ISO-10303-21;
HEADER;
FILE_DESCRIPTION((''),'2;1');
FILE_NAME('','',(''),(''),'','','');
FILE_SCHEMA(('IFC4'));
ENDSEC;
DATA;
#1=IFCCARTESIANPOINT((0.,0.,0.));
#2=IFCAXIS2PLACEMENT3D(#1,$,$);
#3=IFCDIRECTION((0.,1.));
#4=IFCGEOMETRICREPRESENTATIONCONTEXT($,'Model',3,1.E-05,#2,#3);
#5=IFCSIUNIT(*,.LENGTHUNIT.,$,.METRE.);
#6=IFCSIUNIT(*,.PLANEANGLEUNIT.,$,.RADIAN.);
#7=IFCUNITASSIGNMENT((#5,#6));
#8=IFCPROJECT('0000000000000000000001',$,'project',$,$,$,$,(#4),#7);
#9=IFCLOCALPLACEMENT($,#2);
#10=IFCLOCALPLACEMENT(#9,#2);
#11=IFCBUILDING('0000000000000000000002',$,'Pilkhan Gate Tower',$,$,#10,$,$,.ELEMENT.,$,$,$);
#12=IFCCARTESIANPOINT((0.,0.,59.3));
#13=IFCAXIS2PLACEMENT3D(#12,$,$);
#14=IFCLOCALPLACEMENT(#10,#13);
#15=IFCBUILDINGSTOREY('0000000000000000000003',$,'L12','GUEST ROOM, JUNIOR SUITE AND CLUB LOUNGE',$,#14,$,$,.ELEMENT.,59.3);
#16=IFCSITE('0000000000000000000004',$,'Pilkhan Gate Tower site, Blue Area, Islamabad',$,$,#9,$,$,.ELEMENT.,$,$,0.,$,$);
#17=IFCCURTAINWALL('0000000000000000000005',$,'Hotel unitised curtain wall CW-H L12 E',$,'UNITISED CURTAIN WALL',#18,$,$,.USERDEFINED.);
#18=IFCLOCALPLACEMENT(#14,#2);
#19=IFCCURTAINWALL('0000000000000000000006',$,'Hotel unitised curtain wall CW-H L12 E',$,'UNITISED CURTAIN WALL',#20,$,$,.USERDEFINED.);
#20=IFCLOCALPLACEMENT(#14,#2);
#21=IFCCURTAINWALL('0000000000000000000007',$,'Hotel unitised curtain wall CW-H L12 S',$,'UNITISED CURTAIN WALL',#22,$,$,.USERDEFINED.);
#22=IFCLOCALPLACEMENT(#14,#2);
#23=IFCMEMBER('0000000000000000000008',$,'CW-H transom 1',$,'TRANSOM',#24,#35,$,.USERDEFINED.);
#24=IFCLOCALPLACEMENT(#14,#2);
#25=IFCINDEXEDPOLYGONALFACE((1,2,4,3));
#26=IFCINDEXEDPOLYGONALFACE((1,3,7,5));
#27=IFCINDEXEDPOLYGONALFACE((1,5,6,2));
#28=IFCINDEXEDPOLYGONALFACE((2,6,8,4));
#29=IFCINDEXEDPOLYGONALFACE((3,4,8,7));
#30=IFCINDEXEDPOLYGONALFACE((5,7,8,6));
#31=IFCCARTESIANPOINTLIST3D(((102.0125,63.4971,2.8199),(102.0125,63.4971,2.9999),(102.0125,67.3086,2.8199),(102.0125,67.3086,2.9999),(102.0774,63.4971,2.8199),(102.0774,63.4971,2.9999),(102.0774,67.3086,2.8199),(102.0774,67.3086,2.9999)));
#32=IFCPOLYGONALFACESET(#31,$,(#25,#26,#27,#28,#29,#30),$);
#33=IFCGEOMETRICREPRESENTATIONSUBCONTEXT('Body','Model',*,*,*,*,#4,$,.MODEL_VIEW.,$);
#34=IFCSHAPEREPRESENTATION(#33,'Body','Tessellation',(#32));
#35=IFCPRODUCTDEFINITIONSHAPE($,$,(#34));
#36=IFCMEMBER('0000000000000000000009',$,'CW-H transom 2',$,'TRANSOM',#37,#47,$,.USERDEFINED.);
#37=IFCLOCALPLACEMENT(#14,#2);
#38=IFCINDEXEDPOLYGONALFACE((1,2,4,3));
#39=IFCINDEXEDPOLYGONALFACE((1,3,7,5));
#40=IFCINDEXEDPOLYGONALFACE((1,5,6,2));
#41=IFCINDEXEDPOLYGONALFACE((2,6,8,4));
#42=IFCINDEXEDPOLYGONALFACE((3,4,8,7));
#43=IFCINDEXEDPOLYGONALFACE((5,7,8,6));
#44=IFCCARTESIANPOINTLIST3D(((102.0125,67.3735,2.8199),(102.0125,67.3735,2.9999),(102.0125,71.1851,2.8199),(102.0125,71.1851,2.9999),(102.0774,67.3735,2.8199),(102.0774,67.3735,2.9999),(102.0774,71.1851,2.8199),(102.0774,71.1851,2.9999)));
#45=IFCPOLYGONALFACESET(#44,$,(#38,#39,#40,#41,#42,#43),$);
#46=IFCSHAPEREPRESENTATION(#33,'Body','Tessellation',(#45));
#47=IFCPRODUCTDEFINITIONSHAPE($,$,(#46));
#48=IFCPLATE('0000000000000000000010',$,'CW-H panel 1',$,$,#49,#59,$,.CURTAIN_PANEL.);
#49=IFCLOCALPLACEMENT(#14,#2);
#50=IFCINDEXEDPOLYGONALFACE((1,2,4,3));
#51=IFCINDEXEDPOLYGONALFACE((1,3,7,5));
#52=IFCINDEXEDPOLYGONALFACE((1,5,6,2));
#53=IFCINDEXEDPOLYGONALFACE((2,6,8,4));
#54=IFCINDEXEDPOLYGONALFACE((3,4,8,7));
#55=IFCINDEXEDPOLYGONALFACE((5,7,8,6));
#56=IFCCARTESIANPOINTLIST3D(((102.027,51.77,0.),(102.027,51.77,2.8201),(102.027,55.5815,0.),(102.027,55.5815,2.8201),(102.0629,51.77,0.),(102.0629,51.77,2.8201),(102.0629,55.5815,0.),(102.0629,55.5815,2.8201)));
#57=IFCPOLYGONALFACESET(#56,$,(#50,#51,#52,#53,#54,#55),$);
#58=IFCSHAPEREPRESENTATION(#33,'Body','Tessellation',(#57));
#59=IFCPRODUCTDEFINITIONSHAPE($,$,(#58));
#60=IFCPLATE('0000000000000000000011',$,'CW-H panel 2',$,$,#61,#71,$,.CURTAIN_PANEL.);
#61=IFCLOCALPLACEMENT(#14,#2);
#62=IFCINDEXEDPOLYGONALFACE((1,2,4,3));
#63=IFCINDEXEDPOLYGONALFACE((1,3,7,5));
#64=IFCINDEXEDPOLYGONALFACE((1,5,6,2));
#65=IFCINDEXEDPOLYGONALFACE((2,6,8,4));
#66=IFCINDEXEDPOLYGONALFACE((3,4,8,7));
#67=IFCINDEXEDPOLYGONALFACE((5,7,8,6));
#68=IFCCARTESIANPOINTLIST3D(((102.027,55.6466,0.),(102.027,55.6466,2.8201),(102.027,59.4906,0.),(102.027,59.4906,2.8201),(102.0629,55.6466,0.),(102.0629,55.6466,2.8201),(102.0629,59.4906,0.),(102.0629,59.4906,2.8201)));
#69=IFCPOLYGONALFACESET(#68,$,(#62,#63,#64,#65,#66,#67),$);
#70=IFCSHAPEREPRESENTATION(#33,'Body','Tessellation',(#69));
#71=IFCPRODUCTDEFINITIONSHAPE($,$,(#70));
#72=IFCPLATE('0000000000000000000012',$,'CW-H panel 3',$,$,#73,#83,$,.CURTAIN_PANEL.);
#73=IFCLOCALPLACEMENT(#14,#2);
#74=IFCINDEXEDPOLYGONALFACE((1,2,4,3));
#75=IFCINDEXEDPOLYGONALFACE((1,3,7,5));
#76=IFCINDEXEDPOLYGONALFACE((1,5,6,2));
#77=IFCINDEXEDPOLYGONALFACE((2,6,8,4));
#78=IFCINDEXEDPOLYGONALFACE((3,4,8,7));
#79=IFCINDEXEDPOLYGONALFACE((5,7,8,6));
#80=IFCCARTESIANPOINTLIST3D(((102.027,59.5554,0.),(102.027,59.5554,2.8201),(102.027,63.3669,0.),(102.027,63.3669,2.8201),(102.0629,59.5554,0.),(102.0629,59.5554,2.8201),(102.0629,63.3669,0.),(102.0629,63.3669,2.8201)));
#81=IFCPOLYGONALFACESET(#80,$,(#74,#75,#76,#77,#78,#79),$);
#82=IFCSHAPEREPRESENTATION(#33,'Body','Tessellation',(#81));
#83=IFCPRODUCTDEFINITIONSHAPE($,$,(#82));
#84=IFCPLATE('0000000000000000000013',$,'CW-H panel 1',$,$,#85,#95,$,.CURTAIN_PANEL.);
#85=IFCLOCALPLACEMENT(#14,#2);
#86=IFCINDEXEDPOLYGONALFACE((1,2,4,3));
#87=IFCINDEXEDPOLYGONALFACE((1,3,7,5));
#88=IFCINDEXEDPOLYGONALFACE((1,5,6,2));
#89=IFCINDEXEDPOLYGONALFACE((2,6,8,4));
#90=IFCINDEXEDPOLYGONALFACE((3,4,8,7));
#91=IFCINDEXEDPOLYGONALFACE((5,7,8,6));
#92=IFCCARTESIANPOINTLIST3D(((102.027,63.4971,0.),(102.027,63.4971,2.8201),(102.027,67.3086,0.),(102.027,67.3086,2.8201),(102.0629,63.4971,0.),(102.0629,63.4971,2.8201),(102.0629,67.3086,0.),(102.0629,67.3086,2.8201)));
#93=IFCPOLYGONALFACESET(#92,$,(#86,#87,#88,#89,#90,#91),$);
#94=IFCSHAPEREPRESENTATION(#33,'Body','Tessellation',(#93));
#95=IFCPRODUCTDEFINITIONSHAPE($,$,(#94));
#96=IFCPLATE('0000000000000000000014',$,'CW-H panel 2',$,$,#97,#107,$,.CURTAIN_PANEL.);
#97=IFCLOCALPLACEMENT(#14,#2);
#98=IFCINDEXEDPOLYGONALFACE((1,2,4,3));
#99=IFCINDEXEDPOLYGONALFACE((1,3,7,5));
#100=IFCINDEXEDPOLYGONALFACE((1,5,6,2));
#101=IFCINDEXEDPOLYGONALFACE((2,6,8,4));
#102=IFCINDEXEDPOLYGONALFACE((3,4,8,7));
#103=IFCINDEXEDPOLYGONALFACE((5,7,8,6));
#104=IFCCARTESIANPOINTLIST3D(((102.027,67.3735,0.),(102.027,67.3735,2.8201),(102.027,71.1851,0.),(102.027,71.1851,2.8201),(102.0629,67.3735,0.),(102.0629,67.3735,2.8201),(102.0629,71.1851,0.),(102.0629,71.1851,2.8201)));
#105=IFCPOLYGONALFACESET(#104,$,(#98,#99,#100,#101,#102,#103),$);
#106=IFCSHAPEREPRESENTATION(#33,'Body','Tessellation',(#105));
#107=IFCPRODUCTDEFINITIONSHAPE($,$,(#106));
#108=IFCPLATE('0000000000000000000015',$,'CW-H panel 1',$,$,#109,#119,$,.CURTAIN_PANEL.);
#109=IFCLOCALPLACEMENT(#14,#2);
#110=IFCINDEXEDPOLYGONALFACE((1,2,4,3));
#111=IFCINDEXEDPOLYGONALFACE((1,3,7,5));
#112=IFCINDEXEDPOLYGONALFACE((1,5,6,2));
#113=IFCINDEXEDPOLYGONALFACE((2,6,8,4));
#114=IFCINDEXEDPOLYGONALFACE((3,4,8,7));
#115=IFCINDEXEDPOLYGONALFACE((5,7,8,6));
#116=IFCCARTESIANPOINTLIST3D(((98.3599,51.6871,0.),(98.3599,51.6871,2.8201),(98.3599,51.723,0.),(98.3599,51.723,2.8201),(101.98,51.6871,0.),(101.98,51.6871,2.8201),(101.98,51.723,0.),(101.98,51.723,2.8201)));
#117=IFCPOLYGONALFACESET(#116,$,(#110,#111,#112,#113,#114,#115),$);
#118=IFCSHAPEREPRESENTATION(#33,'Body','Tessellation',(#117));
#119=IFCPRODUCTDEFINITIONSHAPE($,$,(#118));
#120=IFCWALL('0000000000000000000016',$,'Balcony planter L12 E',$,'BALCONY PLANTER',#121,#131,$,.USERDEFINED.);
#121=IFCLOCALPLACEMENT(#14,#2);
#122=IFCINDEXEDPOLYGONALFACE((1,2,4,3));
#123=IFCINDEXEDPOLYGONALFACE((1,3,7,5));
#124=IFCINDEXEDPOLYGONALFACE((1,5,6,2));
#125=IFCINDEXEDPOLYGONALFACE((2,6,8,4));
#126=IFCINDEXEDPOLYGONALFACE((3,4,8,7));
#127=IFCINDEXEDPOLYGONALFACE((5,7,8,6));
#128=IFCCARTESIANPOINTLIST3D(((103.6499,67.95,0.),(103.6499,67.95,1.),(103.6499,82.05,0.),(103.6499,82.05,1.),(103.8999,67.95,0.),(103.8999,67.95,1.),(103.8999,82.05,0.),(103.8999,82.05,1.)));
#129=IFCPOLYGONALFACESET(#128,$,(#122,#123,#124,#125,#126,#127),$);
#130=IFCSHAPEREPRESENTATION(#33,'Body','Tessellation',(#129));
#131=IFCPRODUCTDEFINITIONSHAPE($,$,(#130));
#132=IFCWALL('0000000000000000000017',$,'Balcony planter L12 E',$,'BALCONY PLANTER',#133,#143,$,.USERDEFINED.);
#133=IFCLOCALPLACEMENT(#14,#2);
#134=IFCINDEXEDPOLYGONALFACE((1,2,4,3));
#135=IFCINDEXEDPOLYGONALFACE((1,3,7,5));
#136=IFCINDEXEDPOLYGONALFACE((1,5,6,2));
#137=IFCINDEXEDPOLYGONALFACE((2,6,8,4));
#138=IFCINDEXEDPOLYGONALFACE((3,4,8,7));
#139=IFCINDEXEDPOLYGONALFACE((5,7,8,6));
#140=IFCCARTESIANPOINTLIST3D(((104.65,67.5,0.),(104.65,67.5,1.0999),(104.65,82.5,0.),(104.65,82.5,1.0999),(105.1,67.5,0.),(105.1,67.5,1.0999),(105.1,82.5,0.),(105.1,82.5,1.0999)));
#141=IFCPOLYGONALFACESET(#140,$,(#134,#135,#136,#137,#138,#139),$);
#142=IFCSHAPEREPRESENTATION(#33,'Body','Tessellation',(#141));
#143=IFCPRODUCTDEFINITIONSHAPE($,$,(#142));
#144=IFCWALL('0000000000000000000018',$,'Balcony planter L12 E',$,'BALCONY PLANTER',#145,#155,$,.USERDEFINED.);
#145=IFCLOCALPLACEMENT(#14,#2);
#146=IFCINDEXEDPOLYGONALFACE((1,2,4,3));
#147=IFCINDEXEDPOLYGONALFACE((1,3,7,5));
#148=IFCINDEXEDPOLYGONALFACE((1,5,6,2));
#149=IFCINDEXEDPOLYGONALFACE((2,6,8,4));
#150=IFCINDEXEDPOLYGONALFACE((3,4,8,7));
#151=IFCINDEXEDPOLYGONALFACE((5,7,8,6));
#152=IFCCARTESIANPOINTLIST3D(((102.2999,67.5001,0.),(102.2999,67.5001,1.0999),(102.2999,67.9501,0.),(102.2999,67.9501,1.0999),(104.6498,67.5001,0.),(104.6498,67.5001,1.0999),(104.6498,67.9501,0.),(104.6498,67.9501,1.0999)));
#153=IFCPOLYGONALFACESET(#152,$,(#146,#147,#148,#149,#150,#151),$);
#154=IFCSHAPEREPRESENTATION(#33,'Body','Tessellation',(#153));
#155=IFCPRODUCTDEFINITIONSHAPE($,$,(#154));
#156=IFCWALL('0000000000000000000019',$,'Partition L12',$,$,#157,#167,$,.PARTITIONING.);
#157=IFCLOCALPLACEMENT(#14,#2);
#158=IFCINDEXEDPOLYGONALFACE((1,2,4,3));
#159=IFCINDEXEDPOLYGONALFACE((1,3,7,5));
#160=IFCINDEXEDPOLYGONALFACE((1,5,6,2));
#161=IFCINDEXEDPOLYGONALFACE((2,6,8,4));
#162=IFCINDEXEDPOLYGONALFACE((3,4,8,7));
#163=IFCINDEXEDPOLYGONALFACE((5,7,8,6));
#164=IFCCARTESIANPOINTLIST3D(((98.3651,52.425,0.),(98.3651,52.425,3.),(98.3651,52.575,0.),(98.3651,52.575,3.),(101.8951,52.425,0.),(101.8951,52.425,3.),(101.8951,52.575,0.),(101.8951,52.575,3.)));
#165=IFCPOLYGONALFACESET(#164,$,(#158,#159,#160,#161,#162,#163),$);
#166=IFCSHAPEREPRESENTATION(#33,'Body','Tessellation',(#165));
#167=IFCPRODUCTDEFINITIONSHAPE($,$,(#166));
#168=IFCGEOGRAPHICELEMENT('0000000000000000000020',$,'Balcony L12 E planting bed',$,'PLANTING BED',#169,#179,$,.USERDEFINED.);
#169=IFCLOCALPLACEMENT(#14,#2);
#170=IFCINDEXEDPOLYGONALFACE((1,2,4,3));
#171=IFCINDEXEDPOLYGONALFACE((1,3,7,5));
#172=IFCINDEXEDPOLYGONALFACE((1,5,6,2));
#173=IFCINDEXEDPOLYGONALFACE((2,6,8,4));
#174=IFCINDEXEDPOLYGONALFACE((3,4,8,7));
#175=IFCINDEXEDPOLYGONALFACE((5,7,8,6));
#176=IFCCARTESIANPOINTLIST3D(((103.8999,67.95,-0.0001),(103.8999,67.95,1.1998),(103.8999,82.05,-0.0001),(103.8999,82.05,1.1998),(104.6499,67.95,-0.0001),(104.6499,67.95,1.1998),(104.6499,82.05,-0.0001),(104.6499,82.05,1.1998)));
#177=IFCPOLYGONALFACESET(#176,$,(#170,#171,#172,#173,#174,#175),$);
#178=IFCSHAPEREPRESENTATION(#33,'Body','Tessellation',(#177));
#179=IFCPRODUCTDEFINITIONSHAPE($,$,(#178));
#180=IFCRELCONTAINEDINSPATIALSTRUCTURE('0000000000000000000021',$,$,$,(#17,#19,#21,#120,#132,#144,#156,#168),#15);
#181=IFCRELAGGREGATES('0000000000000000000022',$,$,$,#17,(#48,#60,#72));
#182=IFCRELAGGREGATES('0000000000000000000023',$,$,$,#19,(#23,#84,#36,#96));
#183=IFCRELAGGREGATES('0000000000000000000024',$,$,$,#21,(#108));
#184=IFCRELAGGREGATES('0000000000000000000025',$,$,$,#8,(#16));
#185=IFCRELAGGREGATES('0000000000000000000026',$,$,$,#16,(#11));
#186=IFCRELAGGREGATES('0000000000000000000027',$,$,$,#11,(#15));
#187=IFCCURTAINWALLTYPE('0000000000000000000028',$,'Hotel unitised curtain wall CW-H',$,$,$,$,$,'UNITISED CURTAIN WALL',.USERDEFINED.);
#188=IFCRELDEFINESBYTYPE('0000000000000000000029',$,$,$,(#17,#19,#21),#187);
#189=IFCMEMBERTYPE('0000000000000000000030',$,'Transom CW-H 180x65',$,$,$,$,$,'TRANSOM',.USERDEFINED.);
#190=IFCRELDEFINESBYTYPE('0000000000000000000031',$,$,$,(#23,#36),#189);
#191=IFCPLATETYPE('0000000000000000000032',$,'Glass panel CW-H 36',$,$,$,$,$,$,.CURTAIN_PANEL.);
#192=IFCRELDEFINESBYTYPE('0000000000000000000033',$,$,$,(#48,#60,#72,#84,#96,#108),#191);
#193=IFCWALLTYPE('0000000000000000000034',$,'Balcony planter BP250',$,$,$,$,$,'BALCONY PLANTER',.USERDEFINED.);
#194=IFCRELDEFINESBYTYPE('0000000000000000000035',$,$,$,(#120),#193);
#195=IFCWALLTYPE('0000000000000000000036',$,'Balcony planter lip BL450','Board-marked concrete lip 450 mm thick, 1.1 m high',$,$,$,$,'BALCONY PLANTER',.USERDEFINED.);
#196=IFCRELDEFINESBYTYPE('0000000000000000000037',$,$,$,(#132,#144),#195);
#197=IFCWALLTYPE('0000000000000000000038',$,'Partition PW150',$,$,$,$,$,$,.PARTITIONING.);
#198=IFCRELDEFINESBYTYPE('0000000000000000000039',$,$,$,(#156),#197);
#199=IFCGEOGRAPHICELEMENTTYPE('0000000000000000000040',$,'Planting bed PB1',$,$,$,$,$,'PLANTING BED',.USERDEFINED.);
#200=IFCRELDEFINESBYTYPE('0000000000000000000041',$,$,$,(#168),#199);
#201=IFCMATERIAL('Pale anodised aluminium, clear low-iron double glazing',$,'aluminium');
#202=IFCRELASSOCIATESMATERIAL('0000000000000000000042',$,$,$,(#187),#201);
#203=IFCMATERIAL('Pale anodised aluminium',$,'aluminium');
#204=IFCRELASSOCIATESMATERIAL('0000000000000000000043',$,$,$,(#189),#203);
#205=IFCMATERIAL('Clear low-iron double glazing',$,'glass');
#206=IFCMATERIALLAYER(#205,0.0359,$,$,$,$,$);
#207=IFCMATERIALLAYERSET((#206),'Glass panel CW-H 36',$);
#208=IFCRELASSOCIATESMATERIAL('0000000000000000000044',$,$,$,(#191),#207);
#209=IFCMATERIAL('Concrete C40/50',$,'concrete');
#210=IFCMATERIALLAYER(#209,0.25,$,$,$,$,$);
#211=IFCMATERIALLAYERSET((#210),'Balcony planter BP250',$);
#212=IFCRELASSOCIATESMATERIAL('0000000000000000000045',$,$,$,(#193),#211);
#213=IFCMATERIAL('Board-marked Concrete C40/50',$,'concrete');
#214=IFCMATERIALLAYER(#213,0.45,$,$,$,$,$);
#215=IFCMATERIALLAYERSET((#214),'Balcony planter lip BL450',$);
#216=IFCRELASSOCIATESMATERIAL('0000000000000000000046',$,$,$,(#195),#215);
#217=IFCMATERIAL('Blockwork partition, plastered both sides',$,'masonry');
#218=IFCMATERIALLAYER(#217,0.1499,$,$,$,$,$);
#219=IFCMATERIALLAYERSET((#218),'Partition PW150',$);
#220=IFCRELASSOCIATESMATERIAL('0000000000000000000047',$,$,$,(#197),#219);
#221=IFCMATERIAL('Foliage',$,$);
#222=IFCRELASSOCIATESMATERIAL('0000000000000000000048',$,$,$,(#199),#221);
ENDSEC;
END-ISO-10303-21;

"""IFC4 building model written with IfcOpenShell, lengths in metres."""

from ifc_helpers import new_model, si_unit, direction, frame, frame_2d, origin, origin_2d, place, context, subcontext, project, spatial, rectangle, extrude, material, layer, layer_set, material_profile, profile_set, type_object, element, aggregate, save


model = new_model("IFC4")

# Units and contexts
model_context = context("Model", 3, precision=1e-05, world=origin(), true_north=direction((0.0, 1.0)))
body_context = subcontext(model_context, "Body", "Model", "MODEL_VIEW")
ifc_project = project(units=[si_unit("LENGTHUNIT", "METRE"), si_unit("PLANEANGLEUNIT", "RADIAN")], contexts=[model_context])

# Site, building, storey
site_placement = place(None, origin())
site = spatial("IfcSite", under=ifc_project, at=site_placement, Name="Pilkhan Gate Tower site, Blue Area, Islamabad", CompositionType="ELEMENT", RefElevation=0.0)
building_placement = place(site_placement, origin())
building = spatial("IfcBuilding", under=site, at=building_placement, Name="Pilkhan Gate Tower", CompositionType="ELEMENT")
storey_placement = place(building_placement, frame((0.0, 0.0, 59.3)))
storey = spatial("IfcBuildingStorey", under=building, at=storey_placement, Name="L12", Description="GUEST ROOM, JUNIOR SUITE AND CLUB LOUNGE", CompositionType="ELEMENT", Elevation=59.3)

# Curtain walls
ifc_material_1 = material(Name="Pale anodised aluminium, clear low-iron double glazing", Category="aluminium")
curtain_wall_type = type_object("IfcCurtainWallType", Name="Hotel unitised curtain wall CW-H", ElementType="UNITISED CURTAIN WALL", PredefinedType="USERDEFINED", material=ifc_material_1)
curtain_wall_1_placement = place(storey_placement, origin())
curtain_wall_1 = element("IfcCurtainWall", 1, at=curtain_wall_1_placement, inside=storey, type_object=curtain_wall_type, Name="Hotel unitised curtain wall CW-H L12 E", ObjectType="UNITISED CURTAIN WALL", PredefinedType="USERDEFINED")
ifc_material_2 = material(Name="Pale anodised aluminium", Category="aluminium")
curtain_wall_2_placement = place(storey_placement, origin())
curtain_wall_2 = element("IfcCurtainWall", 2, at=curtain_wall_2_placement, inside=storey, type_object=curtain_wall_type, Name="Hotel unitised curtain wall CW-H L12 E", ObjectType="UNITISED CURTAIN WALL", PredefinedType="USERDEFINED")

# Curtain wall
curtain_wall_3_placement = place(storey_placement, origin())
curtain_wall_3 = element("IfcCurtainWall", 3, at=curtain_wall_3_placement, inside=storey, type_object=curtain_wall_type, Name="Hotel unitised curtain wall CW-H L12 S", ObjectType="UNITISED CURTAIN WALL", PredefinedType="USERDEFINED")

# Members
ifc_material_profile_1 = material_profile(ifc_material_2, rectangle(XDim=0.0649, YDim=0.1799, at=origin_2d()), Name="Transom 180x65")
ifc_profile_set_1 = profile_set([ifc_material_profile_1], Name="Pale anodised aluminium")
member_type_1 = type_object("IfcMemberType", Name="Transom CW-H 180x65", ElementType="TRANSOM", PredefinedType="USERDEFINED", material=ifc_profile_set_1)
member_1_placement = place(storey_placement, frame((102.0449, 63.4971, 2.9099), z_axis=(0.0, 1.0, 0.0), x_axis=(-1.0, 0.0, 0.0)))
member_1 = element("IfcMember", 4, at=member_1_placement, type_object=member_type_1, Name="CW-H transom 1", ObjectType="TRANSOM", PredefinedType="USERDEFINED", context=body_context, shape_type="SweptSolid", body=[
    extrude(rectangle(XDim=0.0649, YDim=0.1799, at=origin_2d()), origin(), (0.0, 0.0, 1.0), 3.8115),
])
member_2_placement = place(storey_placement, frame((102.0449, 67.3735, 2.9099), z_axis=(0.0, 1.0, 0.0), x_axis=(-1.0, 0.0, 0.0)))
member_2 = element("IfcMember", 5, at=member_2_placement, type_object=member_type_1, Name="CW-H transom 2", ObjectType="TRANSOM", PredefinedType="USERDEFINED", context=body_context, shape_type="SweptSolid", body=[
    extrude(rectangle(XDim=0.0649, YDim=0.1799, at=origin_2d()), origin(), (0.0, 0.0, 1.0), 3.8115),
])

# Plates
ifc_material_3 = material(Name="Clear low-iron double glazing", Category="glass")
ifc_layer_1 = layer(ifc_material_3, 0.0359)
ifc_layer_set_1 = layer_set([ifc_layer_1], Name="Glass panel CW-H 36")
plate_type = type_object("IfcPlateType", Name="Glass panel CW-H 36", PredefinedType="CURTAIN_PANEL", material=ifc_layer_set_1)
plate_1_placement = place(storey_placement, frame((102.0449, 53.6758, 0.0), z_axis=(0.0, 0.0, 1.0), x_axis=(0.0, 1.0, 0.0)))
plate_1 = element("IfcPlate", 6, at=plate_1_placement, type_object=plate_type, Name="CW-H panel 1", PredefinedType="CURTAIN_PANEL", context=body_context, shape_type="SweptSolid", body=[
    extrude(rectangle(XDim=3.8115, YDim=0.0359, at=origin_2d()), origin(), (0.0, 0.0, 1.0), 2.8201),
])
plate_2_placement = place(storey_placement, frame((102.0449, 57.5686, 0.0), z_axis=(0.0, 0.0, 1.0), x_axis=(0.0, 1.0, 0.0)))
plate_2 = element("IfcPlate", 7, at=plate_2_placement, type_object=plate_type, Name="CW-H panel 2", PredefinedType="CURTAIN_PANEL", context=body_context, shape_type="SweptSolid", body=[
    extrude(rectangle(XDim=3.844, YDim=0.0359, at=origin_2d()), origin(), (0.0, 0.0, 1.0), 2.8201),
])
plate_3_placement = place(storey_placement, frame((102.0449, 61.4612, 0.0), z_axis=(0.0, 0.0, 1.0), x_axis=(0.0, 1.0, 0.0)))
plate_3 = element("IfcPlate", 8, at=plate_3_placement, type_object=plate_type, Name="CW-H panel 3", PredefinedType="CURTAIN_PANEL", context=body_context, shape_type="SweptSolid", body=[
    extrude(rectangle(XDim=3.8115, YDim=0.0359, at=origin_2d()), origin(), (0.0, 0.0, 1.0), 2.8201),
])
aggregate(curtain_wall_1, [plate_1, plate_2, plate_3])
plate_4_placement = place(storey_placement, frame((102.0449, 65.4028, 0.0), z_axis=(0.0, 0.0, 1.0), x_axis=(0.0, 1.0, 0.0)))
plate_4 = element("IfcPlate", 9, at=plate_4_placement, type_object=plate_type, Name="CW-H panel 1", PredefinedType="CURTAIN_PANEL", context=body_context, shape_type="SweptSolid", body=[
    extrude(rectangle(XDim=3.8115, YDim=0.0359, at=origin_2d()), origin(), (0.0, 0.0, 1.0), 2.8201),
])
plate_5_placement = place(storey_placement, frame((102.0449, 69.2793, 0.0), z_axis=(0.0, 0.0, 1.0), x_axis=(0.0, 1.0, 0.0)))
plate_5 = element("IfcPlate", 10, at=plate_5_placement, type_object=plate_type, Name="CW-H panel 2", PredefinedType="CURTAIN_PANEL", context=body_context, shape_type="SweptSolid", body=[
    extrude(rectangle(XDim=3.8115, YDim=0.0359, at=origin_2d()), origin(), (0.0, 0.0, 1.0), 2.8201),
])
aggregate(curtain_wall_2, [member_1, plate_4, member_2, plate_5])
plate_6_placement = place(storey_placement, frame((100.1699, 51.7051, 0.0), z_axis=(0.0, 0.0, 1.0), x_axis=(1.0, 0.0, 0.0)))
plate_6 = element("IfcPlate", 11, at=plate_6_placement, type_object=plate_type, Name="CW-H panel 1", PredefinedType="CURTAIN_PANEL", context=body_context, shape_type="SweptSolid", body=[
    extrude(rectangle(XDim=3.6201, YDim=0.0359, at=origin_2d()), origin(), (0.0, 0.0, 1.0), 2.8201),
])
aggregate(curtain_wall_3, [plate_6])

# Walls
ifc_material_4 = material(Name="Concrete C40/50", Category="concrete")
ifc_layer_2 = layer(ifc_material_4, 0.25)
ifc_layer_set_2 = layer_set([ifc_layer_2], Name="Balcony planter BP250")
wall_type_1 = type_object("IfcWallType", Name="Balcony planter BP250", ElementType="BALCONY PLANTER", PredefinedType="USERDEFINED", material=ifc_layer_set_2)
wall_1_placement = place(storey_placement, frame((103.7749, 67.95, 0.0), z_axis=(0.0, 0.0, 1.0), x_axis=(0.0, 1.0, 0.0)))
element("IfcWall", 12, at=wall_1_placement, inside=storey, type_object=wall_type_1, Name="Balcony planter L12 E", ObjectType="BALCONY PLANTER", PredefinedType="USERDEFINED", context=body_context, shape_type="SweptSolid", body=[
    extrude(rectangle(XDim=14.1001, YDim=0.25, at=frame_2d((7.05, 0.0))), origin(), (0.0, 0.0, 1.0), 1.0),
])
ifc_material_5 = material(Name="Board-marked Concrete C40/50", Category="concrete")
ifc_layer_3 = layer(ifc_material_5, 0.45)
ifc_layer_set_3 = layer_set([ifc_layer_3], Name="Balcony planter lip BL450")
wall_type_2 = type_object("IfcWallType", Name="Balcony planter lip BL450", Description="Board-marked concrete lip 450 mm thick, 1.1 m high", ElementType="BALCONY PLANTER", PredefinedType="USERDEFINED", material=ifc_layer_set_3)
wall_2_placement = place(storey_placement, frame((104.875, 67.5, 0.0), z_axis=(0.0, 0.0, 1.0), x_axis=(0.0, 1.0, 0.0)))
element("IfcWall", 13, at=wall_2_placement, inside=storey, type_object=wall_type_2, Name="Balcony planter L12 E", ObjectType="BALCONY PLANTER", PredefinedType="USERDEFINED", context=body_context, shape_type="SweptSolid", body=[
    extrude(rectangle(XDim=15.0, YDim=0.45, at=frame_2d((7.5, 0.0))), origin(), (0.0, 0.0, 1.0), 1.0999),
])
wall_3_placement = place(storey_placement, frame((102.3, 67.7251, 0.0), z_axis=(0.0, 0.0, 1.0), x_axis=(1.0, 0.0, 0.0)))
element("IfcWall", 14, at=wall_3_placement, inside=storey, type_object=wall_type_2, Name="Balcony planter L12 E", ObjectType="BALCONY PLANTER", PredefinedType="USERDEFINED", context=body_context, shape_type="SweptSolid", body=[
    extrude(rectangle(XDim=2.3499, YDim=0.45, at=frame_2d((1.1748, 0.0))), origin(), (0.0, 0.0, 1.0), 1.0999),
])

# Wall
ifc_material_6 = material(Name="Blockwork partition, plastered both sides", Category="masonry")
ifc_layer_4 = layer(ifc_material_6, 0.1499)
ifc_layer_set_4 = layer_set([ifc_layer_4], Name="Partition PW150")
wall_type_3 = type_object("IfcWallType", Name="Partition PW150", PredefinedType="PARTITIONING", material=ifc_layer_set_4)
wall_4_placement = place(storey_placement, frame((98.365, 52.5, 0.0), z_axis=(0.0, 0.0, 1.0), x_axis=(1.0, 0.0, 0.0)))
element("IfcWall", 15, at=wall_4_placement, inside=storey, type_object=wall_type_3, Name="Partition L12", PredefinedType="PARTITIONING", context=body_context, shape_type="SweptSolid", body=[
    extrude(rectangle(XDim=3.53, YDim=0.1499, at=frame_2d((1.7651, 0.0))), origin(), (0.0, 0.0, 1.0), 3.0),
])

# Geographic element
ifc_material_7 = material(Name="Foliage")
ifc_material_profile_2 = material_profile(ifc_material_7, rectangle(XDim=0.75, YDim=1.2, at=origin_2d()), Name="Bed 750x1200")
ifc_profile_set_2 = profile_set([ifc_material_profile_2], Name="Foliage")
geographic_element_type_1 = type_object("IfcGeographicElementType", Name="Planting bed PB1", ElementType="PLANTING BED", PredefinedType="USERDEFINED", material=ifc_profile_set_2)
geographic_element_1_placement = place(storey_placement, frame((104.2749, 67.95, 0.5999), z_axis=(0.0, 1.0, 0.0), x_axis=(-1.0, 0.0, 0.0)))
element("IfcGeographicElement", 16, at=geographic_element_1_placement, inside=storey, type_object=geographic_element_type_1, Name="Balcony L12 E planting bed", ObjectType="PLANTING BED", PredefinedType="USERDEFINED", context=body_context, shape_type="SweptSolid", body=[
    extrude(rectangle(XDim=0.75, YDim=1.2, at=origin_2d()), origin(), (0.0, 0.0, 1.0), 14.1001),
])

save(model, "model.ifc")
